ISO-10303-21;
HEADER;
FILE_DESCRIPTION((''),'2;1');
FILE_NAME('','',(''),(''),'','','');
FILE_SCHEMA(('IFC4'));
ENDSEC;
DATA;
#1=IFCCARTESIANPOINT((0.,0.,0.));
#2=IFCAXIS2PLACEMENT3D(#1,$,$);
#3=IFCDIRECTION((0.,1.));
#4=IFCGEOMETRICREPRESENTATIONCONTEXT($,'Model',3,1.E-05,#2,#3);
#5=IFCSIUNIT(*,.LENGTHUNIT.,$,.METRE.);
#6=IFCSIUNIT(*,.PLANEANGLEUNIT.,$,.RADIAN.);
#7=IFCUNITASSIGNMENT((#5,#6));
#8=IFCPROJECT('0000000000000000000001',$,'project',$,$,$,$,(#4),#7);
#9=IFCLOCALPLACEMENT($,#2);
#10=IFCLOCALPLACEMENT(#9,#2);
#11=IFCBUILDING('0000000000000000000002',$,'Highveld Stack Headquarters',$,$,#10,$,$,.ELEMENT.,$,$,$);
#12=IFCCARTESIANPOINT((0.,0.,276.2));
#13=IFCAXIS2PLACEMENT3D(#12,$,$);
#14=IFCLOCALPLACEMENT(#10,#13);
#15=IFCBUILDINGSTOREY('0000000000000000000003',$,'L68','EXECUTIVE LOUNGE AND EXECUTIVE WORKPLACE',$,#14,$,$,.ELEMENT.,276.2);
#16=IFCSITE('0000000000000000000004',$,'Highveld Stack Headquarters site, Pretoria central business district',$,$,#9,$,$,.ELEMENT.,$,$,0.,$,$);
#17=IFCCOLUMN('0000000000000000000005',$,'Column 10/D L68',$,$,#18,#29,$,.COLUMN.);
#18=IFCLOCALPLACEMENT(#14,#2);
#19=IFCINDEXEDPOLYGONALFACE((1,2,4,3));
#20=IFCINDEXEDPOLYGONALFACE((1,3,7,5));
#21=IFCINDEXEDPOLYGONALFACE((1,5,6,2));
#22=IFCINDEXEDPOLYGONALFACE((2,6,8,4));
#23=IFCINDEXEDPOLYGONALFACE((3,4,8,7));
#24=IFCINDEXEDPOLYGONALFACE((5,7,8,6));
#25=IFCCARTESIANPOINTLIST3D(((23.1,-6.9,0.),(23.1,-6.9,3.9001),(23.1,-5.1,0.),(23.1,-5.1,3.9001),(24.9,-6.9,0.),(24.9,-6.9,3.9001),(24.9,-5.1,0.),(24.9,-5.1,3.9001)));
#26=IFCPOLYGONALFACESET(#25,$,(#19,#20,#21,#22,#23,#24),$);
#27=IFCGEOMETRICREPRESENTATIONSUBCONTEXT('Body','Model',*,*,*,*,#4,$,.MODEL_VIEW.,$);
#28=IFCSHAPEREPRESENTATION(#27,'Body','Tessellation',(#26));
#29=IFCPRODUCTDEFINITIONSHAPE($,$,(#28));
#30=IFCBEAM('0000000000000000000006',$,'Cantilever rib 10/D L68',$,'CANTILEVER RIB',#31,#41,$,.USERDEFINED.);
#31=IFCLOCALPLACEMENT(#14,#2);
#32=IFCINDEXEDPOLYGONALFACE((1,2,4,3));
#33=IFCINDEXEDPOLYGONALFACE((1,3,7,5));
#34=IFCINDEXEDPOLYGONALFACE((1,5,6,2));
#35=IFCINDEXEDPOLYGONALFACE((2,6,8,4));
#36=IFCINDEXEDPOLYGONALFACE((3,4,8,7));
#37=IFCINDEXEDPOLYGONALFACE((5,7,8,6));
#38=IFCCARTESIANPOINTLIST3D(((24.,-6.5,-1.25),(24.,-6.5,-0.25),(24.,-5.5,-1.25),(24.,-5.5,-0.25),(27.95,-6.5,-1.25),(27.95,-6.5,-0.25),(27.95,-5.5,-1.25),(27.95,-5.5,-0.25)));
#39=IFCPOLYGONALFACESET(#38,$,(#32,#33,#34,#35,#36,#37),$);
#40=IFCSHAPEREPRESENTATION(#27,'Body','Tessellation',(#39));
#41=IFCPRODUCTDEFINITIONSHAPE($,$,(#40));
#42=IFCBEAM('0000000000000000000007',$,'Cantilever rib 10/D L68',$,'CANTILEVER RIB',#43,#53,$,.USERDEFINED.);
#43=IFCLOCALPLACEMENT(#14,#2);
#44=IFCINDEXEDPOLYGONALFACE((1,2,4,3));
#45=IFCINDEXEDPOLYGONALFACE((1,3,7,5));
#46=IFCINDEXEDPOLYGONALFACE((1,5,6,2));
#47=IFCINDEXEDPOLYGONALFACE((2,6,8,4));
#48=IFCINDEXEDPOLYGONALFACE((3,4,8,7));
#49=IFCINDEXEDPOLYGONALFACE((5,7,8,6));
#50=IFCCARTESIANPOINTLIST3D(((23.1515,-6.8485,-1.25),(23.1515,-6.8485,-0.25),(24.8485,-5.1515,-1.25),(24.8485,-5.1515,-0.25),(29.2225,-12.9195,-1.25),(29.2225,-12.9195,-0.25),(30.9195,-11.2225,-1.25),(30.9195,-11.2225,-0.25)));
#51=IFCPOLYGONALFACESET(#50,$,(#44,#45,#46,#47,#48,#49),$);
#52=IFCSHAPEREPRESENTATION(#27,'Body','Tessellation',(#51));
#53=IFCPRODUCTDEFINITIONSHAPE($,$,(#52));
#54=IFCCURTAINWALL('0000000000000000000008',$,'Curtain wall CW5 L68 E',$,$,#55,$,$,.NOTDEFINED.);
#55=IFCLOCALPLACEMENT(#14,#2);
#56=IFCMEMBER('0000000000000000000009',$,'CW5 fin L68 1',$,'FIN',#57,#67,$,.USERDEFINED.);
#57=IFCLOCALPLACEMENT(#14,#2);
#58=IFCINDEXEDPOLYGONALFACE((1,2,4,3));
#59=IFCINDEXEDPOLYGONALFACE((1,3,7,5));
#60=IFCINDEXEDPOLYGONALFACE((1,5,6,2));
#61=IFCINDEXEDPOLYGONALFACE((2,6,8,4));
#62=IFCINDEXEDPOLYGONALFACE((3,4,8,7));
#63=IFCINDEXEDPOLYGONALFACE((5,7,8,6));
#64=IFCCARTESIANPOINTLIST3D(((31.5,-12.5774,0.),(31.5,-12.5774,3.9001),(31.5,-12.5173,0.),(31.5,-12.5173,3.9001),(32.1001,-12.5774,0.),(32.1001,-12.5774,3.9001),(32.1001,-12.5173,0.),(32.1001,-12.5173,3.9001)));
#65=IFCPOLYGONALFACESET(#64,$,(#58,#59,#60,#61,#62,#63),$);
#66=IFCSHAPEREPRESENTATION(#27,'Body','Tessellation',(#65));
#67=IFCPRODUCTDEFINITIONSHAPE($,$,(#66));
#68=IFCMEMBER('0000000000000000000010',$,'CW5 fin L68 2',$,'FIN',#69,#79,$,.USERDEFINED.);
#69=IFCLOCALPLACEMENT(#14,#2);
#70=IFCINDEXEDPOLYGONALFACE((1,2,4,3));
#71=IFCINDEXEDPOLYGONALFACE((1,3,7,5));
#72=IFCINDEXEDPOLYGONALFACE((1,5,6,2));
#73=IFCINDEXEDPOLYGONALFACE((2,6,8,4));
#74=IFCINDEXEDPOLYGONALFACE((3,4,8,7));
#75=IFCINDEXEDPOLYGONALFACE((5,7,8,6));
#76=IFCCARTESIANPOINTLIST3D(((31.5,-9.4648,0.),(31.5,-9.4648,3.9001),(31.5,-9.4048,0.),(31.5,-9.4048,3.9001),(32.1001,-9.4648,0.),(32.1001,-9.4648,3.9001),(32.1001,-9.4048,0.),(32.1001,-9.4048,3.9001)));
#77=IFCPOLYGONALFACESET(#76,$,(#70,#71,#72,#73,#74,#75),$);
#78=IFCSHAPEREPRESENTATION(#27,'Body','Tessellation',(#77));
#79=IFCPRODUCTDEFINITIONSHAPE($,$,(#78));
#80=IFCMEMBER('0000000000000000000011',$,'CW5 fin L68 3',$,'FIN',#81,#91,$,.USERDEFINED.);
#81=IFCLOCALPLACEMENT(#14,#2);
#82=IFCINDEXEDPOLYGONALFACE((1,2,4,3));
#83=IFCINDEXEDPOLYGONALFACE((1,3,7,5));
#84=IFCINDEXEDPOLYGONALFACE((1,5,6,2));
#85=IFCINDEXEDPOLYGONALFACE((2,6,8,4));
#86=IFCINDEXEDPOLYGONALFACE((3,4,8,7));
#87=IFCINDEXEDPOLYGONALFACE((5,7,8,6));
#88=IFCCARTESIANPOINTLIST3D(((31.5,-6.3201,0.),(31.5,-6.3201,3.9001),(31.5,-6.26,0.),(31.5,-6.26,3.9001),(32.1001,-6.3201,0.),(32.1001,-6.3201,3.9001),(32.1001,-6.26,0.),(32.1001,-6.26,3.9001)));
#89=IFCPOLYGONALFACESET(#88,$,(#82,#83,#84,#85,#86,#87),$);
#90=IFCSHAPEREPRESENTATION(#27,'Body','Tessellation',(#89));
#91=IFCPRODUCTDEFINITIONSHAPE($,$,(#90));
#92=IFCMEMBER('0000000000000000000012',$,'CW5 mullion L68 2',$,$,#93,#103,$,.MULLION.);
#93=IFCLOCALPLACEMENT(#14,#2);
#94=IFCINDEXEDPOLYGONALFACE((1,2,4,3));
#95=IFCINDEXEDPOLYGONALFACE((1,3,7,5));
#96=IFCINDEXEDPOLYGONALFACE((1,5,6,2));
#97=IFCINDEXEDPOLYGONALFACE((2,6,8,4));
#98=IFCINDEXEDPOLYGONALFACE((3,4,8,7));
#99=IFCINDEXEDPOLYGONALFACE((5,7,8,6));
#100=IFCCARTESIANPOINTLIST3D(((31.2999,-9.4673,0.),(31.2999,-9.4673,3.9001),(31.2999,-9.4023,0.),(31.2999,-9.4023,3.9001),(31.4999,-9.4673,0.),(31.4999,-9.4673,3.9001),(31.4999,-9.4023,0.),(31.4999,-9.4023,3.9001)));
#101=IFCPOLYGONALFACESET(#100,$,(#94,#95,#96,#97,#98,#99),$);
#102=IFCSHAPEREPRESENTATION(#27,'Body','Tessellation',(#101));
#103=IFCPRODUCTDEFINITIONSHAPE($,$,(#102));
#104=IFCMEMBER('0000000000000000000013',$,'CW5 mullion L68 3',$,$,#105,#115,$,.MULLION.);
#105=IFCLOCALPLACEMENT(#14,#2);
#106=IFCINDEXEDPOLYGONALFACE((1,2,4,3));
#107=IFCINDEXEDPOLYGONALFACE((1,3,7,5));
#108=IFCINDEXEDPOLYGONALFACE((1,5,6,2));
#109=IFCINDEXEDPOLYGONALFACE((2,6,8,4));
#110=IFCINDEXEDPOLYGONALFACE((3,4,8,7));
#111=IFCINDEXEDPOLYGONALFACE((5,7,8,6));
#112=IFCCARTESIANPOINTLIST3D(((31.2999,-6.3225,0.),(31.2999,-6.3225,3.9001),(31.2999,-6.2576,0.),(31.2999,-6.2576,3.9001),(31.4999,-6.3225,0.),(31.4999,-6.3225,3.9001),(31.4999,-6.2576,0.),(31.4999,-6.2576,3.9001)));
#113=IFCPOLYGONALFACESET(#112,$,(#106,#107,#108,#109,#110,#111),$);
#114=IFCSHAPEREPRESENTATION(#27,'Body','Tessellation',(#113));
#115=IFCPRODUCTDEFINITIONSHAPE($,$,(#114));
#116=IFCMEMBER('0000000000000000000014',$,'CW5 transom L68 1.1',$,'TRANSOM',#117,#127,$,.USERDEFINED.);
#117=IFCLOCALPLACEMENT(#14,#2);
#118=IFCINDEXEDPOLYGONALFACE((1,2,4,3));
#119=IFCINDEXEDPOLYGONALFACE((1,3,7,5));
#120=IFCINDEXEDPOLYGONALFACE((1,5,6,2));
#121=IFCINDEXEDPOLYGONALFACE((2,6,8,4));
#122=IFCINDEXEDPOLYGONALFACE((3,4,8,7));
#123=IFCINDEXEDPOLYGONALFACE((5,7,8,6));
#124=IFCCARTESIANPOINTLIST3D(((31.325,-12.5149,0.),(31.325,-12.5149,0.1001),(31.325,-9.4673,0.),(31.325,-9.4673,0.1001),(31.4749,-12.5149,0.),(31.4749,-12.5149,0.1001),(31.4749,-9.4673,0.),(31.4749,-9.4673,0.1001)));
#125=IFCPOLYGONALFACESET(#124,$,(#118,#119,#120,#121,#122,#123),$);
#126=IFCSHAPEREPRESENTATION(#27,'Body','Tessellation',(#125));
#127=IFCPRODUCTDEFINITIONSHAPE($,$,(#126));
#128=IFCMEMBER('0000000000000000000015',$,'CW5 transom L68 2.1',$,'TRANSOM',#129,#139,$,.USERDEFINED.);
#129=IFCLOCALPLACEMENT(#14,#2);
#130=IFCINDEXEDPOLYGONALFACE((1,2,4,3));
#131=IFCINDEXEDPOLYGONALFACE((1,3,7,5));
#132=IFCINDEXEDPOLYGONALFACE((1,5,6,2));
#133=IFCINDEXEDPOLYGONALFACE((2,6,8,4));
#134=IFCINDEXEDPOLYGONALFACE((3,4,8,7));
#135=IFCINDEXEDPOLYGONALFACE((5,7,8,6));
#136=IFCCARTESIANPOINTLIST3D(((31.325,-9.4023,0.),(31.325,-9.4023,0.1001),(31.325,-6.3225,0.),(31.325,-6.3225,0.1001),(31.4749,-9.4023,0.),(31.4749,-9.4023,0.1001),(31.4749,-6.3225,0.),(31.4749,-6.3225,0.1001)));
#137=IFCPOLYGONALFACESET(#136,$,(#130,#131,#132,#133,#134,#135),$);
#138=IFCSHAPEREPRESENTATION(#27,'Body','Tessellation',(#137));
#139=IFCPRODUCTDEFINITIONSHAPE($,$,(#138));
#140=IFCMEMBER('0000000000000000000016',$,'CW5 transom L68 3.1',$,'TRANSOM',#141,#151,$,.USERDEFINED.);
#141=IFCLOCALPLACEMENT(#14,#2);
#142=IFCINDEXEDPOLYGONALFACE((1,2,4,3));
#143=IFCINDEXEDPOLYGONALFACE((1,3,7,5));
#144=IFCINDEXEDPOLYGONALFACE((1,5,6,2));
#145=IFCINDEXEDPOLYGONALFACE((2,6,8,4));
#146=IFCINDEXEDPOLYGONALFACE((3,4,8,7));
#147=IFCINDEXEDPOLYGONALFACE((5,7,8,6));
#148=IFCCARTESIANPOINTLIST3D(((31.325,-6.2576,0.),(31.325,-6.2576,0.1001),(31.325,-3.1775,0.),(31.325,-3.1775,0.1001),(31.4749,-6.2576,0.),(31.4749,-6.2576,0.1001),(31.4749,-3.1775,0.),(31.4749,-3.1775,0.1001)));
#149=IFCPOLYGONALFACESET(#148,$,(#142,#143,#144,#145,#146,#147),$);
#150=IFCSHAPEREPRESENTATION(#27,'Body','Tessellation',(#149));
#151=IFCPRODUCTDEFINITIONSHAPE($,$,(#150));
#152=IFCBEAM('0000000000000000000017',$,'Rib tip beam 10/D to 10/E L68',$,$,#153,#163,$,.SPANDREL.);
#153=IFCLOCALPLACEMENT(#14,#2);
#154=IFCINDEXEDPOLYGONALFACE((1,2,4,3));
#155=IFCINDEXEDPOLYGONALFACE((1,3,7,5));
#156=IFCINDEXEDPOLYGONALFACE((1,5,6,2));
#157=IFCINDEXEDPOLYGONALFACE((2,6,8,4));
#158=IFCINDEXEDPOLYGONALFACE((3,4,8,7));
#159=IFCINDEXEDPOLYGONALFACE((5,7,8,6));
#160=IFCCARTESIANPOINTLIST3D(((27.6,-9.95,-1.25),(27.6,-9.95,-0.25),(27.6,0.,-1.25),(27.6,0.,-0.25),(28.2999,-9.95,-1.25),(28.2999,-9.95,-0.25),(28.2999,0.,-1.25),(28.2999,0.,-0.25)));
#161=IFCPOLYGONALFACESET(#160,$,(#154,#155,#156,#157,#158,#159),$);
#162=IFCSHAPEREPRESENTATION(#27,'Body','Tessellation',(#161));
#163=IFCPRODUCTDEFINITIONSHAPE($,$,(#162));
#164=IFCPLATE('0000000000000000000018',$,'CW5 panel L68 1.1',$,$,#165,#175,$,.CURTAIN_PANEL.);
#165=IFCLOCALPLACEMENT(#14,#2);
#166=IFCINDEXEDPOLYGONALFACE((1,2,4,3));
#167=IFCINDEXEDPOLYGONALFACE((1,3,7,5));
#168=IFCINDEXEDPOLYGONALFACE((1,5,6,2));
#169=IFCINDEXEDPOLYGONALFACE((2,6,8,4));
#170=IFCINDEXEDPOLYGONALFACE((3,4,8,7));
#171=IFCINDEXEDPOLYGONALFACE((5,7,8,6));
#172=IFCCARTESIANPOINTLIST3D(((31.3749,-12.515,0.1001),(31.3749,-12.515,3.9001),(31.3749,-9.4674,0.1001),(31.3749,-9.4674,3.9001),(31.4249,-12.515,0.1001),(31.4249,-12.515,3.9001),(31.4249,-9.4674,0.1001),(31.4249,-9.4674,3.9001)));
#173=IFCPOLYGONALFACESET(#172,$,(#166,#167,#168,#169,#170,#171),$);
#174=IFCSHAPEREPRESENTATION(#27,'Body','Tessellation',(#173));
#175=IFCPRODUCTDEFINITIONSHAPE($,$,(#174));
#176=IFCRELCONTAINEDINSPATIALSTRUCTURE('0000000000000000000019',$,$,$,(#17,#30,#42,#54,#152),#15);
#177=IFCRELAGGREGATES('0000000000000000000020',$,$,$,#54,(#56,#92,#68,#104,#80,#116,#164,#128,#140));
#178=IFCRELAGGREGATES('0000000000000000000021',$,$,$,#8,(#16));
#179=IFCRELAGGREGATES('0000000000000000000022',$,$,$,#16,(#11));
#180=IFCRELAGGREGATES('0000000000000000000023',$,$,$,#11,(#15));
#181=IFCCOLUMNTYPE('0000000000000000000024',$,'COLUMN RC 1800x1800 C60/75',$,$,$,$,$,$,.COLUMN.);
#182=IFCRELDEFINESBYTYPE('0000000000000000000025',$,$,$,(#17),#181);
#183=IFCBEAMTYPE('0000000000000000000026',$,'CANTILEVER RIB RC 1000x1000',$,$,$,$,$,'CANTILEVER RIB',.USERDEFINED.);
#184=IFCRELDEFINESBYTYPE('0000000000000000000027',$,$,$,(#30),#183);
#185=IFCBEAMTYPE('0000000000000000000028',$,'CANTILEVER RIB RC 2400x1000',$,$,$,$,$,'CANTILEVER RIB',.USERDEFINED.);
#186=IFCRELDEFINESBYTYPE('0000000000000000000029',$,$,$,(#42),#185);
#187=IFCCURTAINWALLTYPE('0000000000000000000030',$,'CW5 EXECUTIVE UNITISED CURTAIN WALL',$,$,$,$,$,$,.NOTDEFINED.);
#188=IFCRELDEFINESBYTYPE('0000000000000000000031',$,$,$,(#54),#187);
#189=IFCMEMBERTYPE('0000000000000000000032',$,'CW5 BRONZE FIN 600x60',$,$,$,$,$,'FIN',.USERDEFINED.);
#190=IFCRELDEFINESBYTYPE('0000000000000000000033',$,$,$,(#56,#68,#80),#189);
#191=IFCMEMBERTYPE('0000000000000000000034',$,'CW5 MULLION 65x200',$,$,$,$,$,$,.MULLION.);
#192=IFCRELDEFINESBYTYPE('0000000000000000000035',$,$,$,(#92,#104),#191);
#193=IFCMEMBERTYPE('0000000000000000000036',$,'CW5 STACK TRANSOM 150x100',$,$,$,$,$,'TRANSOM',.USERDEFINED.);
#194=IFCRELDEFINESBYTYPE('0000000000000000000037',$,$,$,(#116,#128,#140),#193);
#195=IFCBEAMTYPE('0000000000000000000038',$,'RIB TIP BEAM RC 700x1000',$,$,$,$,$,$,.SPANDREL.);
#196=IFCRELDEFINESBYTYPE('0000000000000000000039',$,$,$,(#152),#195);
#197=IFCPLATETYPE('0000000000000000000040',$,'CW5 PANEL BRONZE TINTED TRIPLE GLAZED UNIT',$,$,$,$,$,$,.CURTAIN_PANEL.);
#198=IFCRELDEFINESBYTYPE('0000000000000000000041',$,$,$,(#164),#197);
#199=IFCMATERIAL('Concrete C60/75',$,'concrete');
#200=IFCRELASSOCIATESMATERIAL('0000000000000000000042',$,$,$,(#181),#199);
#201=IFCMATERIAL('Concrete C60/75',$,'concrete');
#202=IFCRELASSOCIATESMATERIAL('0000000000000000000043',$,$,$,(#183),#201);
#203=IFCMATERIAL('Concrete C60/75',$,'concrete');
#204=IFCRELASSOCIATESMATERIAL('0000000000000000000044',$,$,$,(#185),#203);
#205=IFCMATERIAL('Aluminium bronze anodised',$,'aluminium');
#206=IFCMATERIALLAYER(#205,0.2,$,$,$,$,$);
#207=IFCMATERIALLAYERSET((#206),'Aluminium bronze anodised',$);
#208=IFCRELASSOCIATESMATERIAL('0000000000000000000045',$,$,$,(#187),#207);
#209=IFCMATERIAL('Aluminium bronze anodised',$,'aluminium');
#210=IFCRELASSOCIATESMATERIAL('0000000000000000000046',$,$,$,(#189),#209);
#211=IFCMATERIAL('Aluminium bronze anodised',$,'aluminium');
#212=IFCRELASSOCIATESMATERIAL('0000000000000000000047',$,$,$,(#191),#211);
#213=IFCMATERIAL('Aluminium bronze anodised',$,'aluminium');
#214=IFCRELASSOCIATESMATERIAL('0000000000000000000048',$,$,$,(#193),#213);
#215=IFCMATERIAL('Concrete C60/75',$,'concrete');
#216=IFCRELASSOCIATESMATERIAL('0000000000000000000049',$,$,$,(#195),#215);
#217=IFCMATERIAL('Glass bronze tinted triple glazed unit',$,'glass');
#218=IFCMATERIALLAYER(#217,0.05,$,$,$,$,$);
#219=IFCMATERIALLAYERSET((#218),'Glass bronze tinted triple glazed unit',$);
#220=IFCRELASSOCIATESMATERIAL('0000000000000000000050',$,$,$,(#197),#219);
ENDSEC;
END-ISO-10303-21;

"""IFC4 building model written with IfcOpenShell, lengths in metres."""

from ifc_helpers import new_model, si_unit, direction, frame, origin, origin_2d, place, context, subcontext, project, spatial, rectangle, extrude, material, layer, layer_set, material_profile, profile_set, type_object, element, aggregate, save


model = new_model("IFC4")

# Units and contexts
model_context = context("Model", 3, precision=1e-05, world=origin(), true_north=direction((0.0, 1.0)))
body_context = subcontext(model_context, "Body", "Model", "MODEL_VIEW")
ifc_project = project(units=[si_unit("LENGTHUNIT", "METRE"), si_unit("PLANEANGLEUNIT", "RADIAN")], contexts=[model_context])

# Site, building, storey
site_placement = place(None, origin())
site = spatial("IfcSite", under=ifc_project, at=site_placement, Name="Highveld Stack Headquarters site, Pretoria central business district", CompositionType="ELEMENT", RefElevation=0.0)
building_placement = place(site_placement, origin())
building = spatial("IfcBuilding", under=site, at=building_placement, Name="Highveld Stack Headquarters", CompositionType="ELEMENT")
storey_placement = place(building_placement, frame((0.0, 0.0, 276.2)))
storey = spatial("IfcBuildingStorey", under=building, at=storey_placement, Name="L68", Description="EXECUTIVE LOUNGE AND EXECUTIVE WORKPLACE", CompositionType="ELEMENT", Elevation=276.2)

# Column
ifc_material_1 = material(Name="Concrete C60/75", Category="concrete")
ifc_material_profile_1 = material_profile(ifc_material_1, rectangle(XDim=1.8, YDim=1.8, at=origin_2d()), Name="RC 1800x1800")
ifc_profile_set_1 = profile_set([ifc_material_profile_1], Name="Concrete C60/75")
column_type = type_object("IfcColumnType", Name="COLUMN RC 1800x1800 C60/75", PredefinedType="COLUMN", material=ifc_profile_set_1)
column_placement = place(storey_placement, frame((24.0, -6.0, 0.0), z_axis=(0.0, 0.0, 1.0), x_axis=(1.0, 0.0, 0.0)))
element("IfcColumn", 1, at=column_placement, inside=storey, type_object=column_type, Name="Column 10/D L68", PredefinedType="COLUMN", context=body_context, shape_type="SweptSolid", body=[
    extrude(rectangle(XDim=1.8, YDim=1.8, at=origin_2d()), origin(), (0.0, 0.0, 1.0), 3.9001),
])

# Beams
ifc_material_2 = material(Name="Concrete C60/75", Category="concrete")
ifc_material_profile_2 = material_profile(ifc_material_2, rectangle(XDim=1.0, YDim=1.0, at=origin_2d()), Name="RC 1000x1000")
ifc_profile_set_2 = profile_set([ifc_material_profile_2], Name="Concrete C60/75")
beam_type_1 = type_object("IfcBeamType", Name="CANTILEVER RIB RC 1000x1000", ElementType="CANTILEVER RIB", PredefinedType="USERDEFINED", material=ifc_profile_set_2)
beam_1_placement = place(storey_placement, frame((24.0, -6.0, -0.75), z_axis=(1.0, 0.0, 0.0), x_axis=(0.0, 1.0, 0.0)))
element("IfcBeam", 2, at=beam_1_placement, inside=storey, type_object=beam_type_1, Name="Cantilever rib 10/D L68", ObjectType="CANTILEVER RIB", PredefinedType="USERDEFINED", context=body_context, shape_type="SweptSolid", body=[
    extrude(rectangle(XDim=1.0, YDim=1.0, at=origin_2d()), origin(), (0.0, 0.0, 1.0), 3.95),
])
ifc_material_3 = material(Name="Concrete C60/75", Category="concrete")
ifc_material_profile_3 = material_profile(ifc_material_3, rectangle(XDim=2.3999, YDim=1.0, at=origin_2d()), Name="RC 2400x1000")
ifc_profile_set_3 = profile_set([ifc_material_profile_3], Name="Concrete C60/75")
beam_type_2 = type_object("IfcBeamType", Name="CANTILEVER RIB RC 2400x1000", ElementType="CANTILEVER RIB", PredefinedType="USERDEFINED", material=ifc_profile_set_3)
beam_2_placement = place(storey_placement, frame((24.0, -6.0, -0.75), z_axis=(0.707107, -0.707107, 0.0), x_axis=(0.707107, 0.707107, 0.0)))
element("IfcBeam", 3, at=beam_2_placement, inside=storey, type_object=beam_type_2, Name="Cantilever rib 10/D L68", ObjectType="CANTILEVER RIB", PredefinedType="USERDEFINED", context=body_context, shape_type="SweptSolid", body=[
    extrude(rectangle(XDim=2.3999, YDim=1.0, at=origin_2d()), origin(), (0.0, 0.0, 1.0), 8.5857),
])

# Curtain wall, members
ifc_material_4 = material(Name="Aluminium bronze anodised", Category="aluminium")
ifc_layer_1 = layer(ifc_material_4, 0.2)
ifc_layer_set_1 = layer_set([ifc_layer_1], Name="Aluminium bronze anodised")
curtain_wall_type = type_object("IfcCurtainWallType", Name="CW5 EXECUTIVE UNITISED CURTAIN WALL", PredefinedType="NOTDEFINED", material=ifc_layer_set_1)
curtain_wall_placement = place(storey_placement, origin())
curtain_wall = element("IfcCurtainWall", 4, at=curtain_wall_placement, inside=storey, type_object=curtain_wall_type, Name="Curtain wall CW5 L68 E", PredefinedType="NOTDEFINED")
ifc_material_5 = material(Name="Aluminium bronze anodised", Category="aluminium")
ifc_material_profile_4 = material_profile(ifc_material_5, rectangle(XDim=0.6001, YDim=0.0601, at=origin_2d()), Name="FIN 600x60")
ifc_profile_set_4 = profile_set([ifc_material_profile_4], Name="Aluminium bronze anodised")
member_type_1 = type_object("IfcMemberType", Name="CW5 BRONZE FIN 600x60", ElementType="FIN", PredefinedType="USERDEFINED", material=ifc_profile_set_4)
member_1_placement = place(storey_placement, frame((31.8, -12.5474, 0.0), z_axis=(0.0, 0.0, 1.0), x_axis=(-1.0, 0.0, 0.0)))
member_1 = element("IfcMember", 5, at=member_1_placement, type_object=member_type_1, Name="CW5 fin L68 1", ObjectType="FIN", PredefinedType="USERDEFINED", context=body_context, shape_type="SweptSolid", body=[
    extrude(rectangle(XDim=0.6001, YDim=0.0601, at=origin_2d()), origin(), (0.0, 0.0, 1.0), 3.9001),
])
member_2_placement = place(storey_placement, frame((31.8, -9.4348, 0.0), z_axis=(0.0, 0.0, 1.0), x_axis=(-1.0, 0.0, 0.0)))
member_2 = element("IfcMember", 6, at=member_2_placement, type_object=member_type_1, Name="CW5 fin L68 2", ObjectType="FIN", PredefinedType="USERDEFINED", context=body_context, shape_type="SweptSolid", body=[
    extrude(rectangle(XDim=0.6001, YDim=0.0601, at=origin_2d()), origin(), (0.0, 0.0, 1.0), 3.9001),
])
member_3_placement = place(storey_placement, frame((31.8, -6.29, 0.0), z_axis=(0.0, 0.0, 1.0), x_axis=(-1.0, 0.0, 0.0)))
member_3 = element("IfcMember", 7, at=member_3_placement, type_object=member_type_1, Name="CW5 fin L68 3", ObjectType="FIN", PredefinedType="USERDEFINED", context=body_context, shape_type="SweptSolid", body=[
    extrude(rectangle(XDim=0.6001, YDim=0.0601, at=origin_2d()), origin(), (0.0, 0.0, 1.0), 3.9001),
])
ifc_material_6 = material(Name="Aluminium bronze anodised", Category="aluminium")
ifc_material_profile_5 = material_profile(ifc_material_6, rectangle(XDim=0.2, YDim=0.0649, at=origin_2d()), Name="CW5 MULLION 65x200")
ifc_profile_set_5 = profile_set([ifc_material_profile_5], Name="Aluminium bronze anodised")
member_type_2 = type_object("IfcMemberType", Name="CW5 MULLION 65x200", PredefinedType="MULLION", material=ifc_profile_set_5)
member_4_placement = place(storey_placement, frame((31.3999, -9.4348, 0.0), z_axis=(0.0, 0.0, 1.0), x_axis=(-1.0, 0.0, 0.0)))
member_4 = element("IfcMember", 8, at=member_4_placement, type_object=member_type_2, Name="CW5 mullion L68 2", PredefinedType="MULLION", context=body_context, shape_type="SweptSolid", body=[
    extrude(rectangle(XDim=0.2, YDim=0.0649, at=origin_2d()), origin(), (0.0, 0.0, 1.0), 3.9001),
])
member_5_placement = place(storey_placement, frame((31.3999, -6.29, 0.0), z_axis=(0.0, 0.0, 1.0), x_axis=(-1.0, 0.0, 0.0)))
member_5 = element("IfcMember", 9, at=member_5_placement, type_object=member_type_2, Name="CW5 mullion L68 3", PredefinedType="MULLION", context=body_context, shape_type="SweptSolid", body=[
    extrude(rectangle(XDim=0.2, YDim=0.0649, at=origin_2d()), origin(), (0.0, 0.0, 1.0), 3.9001),
])
ifc_material_7 = material(Name="Aluminium bronze anodised", Category="aluminium")
ifc_material_profile_6 = material_profile(ifc_material_7, rectangle(XDim=0.1499, YDim=0.1001, at=origin_2d()), Name="CW5 TRANSOM 150x100")
ifc_profile_set_6 = profile_set([ifc_material_profile_6], Name="Aluminium bronze anodised")
member_type_3 = type_object("IfcMemberType", Name="CW5 STACK TRANSOM 150x100", ElementType="TRANSOM", PredefinedType="USERDEFINED", material=ifc_profile_set_6)
member_6_placement = place(storey_placement, frame((31.3999, -12.5149, 0.05), z_axis=(0.0, 1.0, 0.0), x_axis=(-1.0, 0.0, 0.0)))
member_6 = element("IfcMember", 10, at=member_6_placement, type_object=member_type_3, Name="CW5 transom L68 1.1", ObjectType="TRANSOM", PredefinedType="USERDEFINED", context=body_context, shape_type="SweptSolid", body=[
    extrude(rectangle(XDim=0.1499, YDim=0.1001, at=origin_2d()), origin(), (0.0, 0.0, 1.0), 3.0476),
])
member_7_placement = place(storey_placement, frame((31.3999, -9.4023, 0.05), z_axis=(0.0, 1.0, 0.0), x_axis=(-1.0, 0.0, 0.0)))
member_7 = element("IfcMember", 11, at=member_7_placement, type_object=member_type_3, Name="CW5 transom L68 2.1", ObjectType="TRANSOM", PredefinedType="USERDEFINED", context=body_context, shape_type="SweptSolid", body=[
    extrude(rectangle(XDim=0.1499, YDim=0.1001, at=origin_2d()), origin(), (0.0, 0.0, 1.0), 3.0798),
])
member_8_placement = place(storey_placement, frame((31.3999, -6.2576, 0.05), z_axis=(0.0, 1.0, 0.0), x_axis=(-1.0, 0.0, 0.0)))
member_8 = element("IfcMember", 12, at=member_8_placement, type_object=member_type_3, Name="CW5 transom L68 3.1", ObjectType="TRANSOM", PredefinedType="USERDEFINED", context=body_context, shape_type="SweptSolid", body=[
    extrude(rectangle(XDim=0.1499, YDim=0.1001, at=origin_2d()), origin(), (0.0, 0.0, 1.0), 3.0801),
])

# Beam
ifc_material_8 = material(Name="Concrete C60/75", Category="concrete")
ifc_material_profile_7 = material_profile(ifc_material_8, rectangle(XDim=0.7, YDim=1.0, at=origin_2d()), Name="RC 700x1000")
ifc_profile_set_7 = profile_set([ifc_material_profile_7], Name="Concrete C60/75")
beam_type_3 = type_object("IfcBeamType", Name="RIB TIP BEAM RC 700x1000", PredefinedType="SPANDREL", material=ifc_profile_set_7)
beam_3_placement = place(storey_placement, frame((27.95, -9.95, -0.75), z_axis=(0.0, 1.0, 0.0), x_axis=(-1.0, 0.0, 0.0)))
element("IfcBeam", 13, at=beam_3_placement, inside=storey, type_object=beam_type_3, Name="Rib tip beam 10/D to 10/E L68", PredefinedType="SPANDREL", context=body_context, shape_type="SweptSolid", body=[
    extrude(rectangle(XDim=0.7, YDim=1.0, at=origin_2d()), origin(), (0.0, 0.0, 1.0), 9.95),
])

# Plate
ifc_material_9 = material(Name="Glass bronze tinted triple glazed unit", Category="glass")
ifc_layer_2 = layer(ifc_material_9, 0.05)
ifc_layer_set_2 = layer_set([ifc_layer_2], Name="Glass bronze tinted triple glazed unit")
plate_type = type_object("IfcPlateType", Name="CW5 PANEL BRONZE TINTED TRIPLE GLAZED UNIT", PredefinedType="CURTAIN_PANEL", material=ifc_layer_set_2)
plate_1_placement = place(storey_placement, frame((31.3999, -10.9912, 0.1001), z_axis=(0.0, 0.0, 1.0), x_axis=(0.0, 1.0, 0.0)))
plate_1 = element("IfcPlate", 14, at=plate_1_placement, type_object=plate_type, Name="CW5 panel L68 1.1", PredefinedType="CURTAIN_PANEL", context=body_context, shape_type="SweptSolid", body=[
    extrude(rectangle(XDim=3.0476, YDim=0.05, at=origin_2d()), origin(), (0.0, 0.0, 1.0), 3.8),
])
aggregate(curtain_wall, [member_1, member_4, member_2, member_5, member_3, member_6, plate_1, member_7, member_8])

save(model, "model.ifc")
